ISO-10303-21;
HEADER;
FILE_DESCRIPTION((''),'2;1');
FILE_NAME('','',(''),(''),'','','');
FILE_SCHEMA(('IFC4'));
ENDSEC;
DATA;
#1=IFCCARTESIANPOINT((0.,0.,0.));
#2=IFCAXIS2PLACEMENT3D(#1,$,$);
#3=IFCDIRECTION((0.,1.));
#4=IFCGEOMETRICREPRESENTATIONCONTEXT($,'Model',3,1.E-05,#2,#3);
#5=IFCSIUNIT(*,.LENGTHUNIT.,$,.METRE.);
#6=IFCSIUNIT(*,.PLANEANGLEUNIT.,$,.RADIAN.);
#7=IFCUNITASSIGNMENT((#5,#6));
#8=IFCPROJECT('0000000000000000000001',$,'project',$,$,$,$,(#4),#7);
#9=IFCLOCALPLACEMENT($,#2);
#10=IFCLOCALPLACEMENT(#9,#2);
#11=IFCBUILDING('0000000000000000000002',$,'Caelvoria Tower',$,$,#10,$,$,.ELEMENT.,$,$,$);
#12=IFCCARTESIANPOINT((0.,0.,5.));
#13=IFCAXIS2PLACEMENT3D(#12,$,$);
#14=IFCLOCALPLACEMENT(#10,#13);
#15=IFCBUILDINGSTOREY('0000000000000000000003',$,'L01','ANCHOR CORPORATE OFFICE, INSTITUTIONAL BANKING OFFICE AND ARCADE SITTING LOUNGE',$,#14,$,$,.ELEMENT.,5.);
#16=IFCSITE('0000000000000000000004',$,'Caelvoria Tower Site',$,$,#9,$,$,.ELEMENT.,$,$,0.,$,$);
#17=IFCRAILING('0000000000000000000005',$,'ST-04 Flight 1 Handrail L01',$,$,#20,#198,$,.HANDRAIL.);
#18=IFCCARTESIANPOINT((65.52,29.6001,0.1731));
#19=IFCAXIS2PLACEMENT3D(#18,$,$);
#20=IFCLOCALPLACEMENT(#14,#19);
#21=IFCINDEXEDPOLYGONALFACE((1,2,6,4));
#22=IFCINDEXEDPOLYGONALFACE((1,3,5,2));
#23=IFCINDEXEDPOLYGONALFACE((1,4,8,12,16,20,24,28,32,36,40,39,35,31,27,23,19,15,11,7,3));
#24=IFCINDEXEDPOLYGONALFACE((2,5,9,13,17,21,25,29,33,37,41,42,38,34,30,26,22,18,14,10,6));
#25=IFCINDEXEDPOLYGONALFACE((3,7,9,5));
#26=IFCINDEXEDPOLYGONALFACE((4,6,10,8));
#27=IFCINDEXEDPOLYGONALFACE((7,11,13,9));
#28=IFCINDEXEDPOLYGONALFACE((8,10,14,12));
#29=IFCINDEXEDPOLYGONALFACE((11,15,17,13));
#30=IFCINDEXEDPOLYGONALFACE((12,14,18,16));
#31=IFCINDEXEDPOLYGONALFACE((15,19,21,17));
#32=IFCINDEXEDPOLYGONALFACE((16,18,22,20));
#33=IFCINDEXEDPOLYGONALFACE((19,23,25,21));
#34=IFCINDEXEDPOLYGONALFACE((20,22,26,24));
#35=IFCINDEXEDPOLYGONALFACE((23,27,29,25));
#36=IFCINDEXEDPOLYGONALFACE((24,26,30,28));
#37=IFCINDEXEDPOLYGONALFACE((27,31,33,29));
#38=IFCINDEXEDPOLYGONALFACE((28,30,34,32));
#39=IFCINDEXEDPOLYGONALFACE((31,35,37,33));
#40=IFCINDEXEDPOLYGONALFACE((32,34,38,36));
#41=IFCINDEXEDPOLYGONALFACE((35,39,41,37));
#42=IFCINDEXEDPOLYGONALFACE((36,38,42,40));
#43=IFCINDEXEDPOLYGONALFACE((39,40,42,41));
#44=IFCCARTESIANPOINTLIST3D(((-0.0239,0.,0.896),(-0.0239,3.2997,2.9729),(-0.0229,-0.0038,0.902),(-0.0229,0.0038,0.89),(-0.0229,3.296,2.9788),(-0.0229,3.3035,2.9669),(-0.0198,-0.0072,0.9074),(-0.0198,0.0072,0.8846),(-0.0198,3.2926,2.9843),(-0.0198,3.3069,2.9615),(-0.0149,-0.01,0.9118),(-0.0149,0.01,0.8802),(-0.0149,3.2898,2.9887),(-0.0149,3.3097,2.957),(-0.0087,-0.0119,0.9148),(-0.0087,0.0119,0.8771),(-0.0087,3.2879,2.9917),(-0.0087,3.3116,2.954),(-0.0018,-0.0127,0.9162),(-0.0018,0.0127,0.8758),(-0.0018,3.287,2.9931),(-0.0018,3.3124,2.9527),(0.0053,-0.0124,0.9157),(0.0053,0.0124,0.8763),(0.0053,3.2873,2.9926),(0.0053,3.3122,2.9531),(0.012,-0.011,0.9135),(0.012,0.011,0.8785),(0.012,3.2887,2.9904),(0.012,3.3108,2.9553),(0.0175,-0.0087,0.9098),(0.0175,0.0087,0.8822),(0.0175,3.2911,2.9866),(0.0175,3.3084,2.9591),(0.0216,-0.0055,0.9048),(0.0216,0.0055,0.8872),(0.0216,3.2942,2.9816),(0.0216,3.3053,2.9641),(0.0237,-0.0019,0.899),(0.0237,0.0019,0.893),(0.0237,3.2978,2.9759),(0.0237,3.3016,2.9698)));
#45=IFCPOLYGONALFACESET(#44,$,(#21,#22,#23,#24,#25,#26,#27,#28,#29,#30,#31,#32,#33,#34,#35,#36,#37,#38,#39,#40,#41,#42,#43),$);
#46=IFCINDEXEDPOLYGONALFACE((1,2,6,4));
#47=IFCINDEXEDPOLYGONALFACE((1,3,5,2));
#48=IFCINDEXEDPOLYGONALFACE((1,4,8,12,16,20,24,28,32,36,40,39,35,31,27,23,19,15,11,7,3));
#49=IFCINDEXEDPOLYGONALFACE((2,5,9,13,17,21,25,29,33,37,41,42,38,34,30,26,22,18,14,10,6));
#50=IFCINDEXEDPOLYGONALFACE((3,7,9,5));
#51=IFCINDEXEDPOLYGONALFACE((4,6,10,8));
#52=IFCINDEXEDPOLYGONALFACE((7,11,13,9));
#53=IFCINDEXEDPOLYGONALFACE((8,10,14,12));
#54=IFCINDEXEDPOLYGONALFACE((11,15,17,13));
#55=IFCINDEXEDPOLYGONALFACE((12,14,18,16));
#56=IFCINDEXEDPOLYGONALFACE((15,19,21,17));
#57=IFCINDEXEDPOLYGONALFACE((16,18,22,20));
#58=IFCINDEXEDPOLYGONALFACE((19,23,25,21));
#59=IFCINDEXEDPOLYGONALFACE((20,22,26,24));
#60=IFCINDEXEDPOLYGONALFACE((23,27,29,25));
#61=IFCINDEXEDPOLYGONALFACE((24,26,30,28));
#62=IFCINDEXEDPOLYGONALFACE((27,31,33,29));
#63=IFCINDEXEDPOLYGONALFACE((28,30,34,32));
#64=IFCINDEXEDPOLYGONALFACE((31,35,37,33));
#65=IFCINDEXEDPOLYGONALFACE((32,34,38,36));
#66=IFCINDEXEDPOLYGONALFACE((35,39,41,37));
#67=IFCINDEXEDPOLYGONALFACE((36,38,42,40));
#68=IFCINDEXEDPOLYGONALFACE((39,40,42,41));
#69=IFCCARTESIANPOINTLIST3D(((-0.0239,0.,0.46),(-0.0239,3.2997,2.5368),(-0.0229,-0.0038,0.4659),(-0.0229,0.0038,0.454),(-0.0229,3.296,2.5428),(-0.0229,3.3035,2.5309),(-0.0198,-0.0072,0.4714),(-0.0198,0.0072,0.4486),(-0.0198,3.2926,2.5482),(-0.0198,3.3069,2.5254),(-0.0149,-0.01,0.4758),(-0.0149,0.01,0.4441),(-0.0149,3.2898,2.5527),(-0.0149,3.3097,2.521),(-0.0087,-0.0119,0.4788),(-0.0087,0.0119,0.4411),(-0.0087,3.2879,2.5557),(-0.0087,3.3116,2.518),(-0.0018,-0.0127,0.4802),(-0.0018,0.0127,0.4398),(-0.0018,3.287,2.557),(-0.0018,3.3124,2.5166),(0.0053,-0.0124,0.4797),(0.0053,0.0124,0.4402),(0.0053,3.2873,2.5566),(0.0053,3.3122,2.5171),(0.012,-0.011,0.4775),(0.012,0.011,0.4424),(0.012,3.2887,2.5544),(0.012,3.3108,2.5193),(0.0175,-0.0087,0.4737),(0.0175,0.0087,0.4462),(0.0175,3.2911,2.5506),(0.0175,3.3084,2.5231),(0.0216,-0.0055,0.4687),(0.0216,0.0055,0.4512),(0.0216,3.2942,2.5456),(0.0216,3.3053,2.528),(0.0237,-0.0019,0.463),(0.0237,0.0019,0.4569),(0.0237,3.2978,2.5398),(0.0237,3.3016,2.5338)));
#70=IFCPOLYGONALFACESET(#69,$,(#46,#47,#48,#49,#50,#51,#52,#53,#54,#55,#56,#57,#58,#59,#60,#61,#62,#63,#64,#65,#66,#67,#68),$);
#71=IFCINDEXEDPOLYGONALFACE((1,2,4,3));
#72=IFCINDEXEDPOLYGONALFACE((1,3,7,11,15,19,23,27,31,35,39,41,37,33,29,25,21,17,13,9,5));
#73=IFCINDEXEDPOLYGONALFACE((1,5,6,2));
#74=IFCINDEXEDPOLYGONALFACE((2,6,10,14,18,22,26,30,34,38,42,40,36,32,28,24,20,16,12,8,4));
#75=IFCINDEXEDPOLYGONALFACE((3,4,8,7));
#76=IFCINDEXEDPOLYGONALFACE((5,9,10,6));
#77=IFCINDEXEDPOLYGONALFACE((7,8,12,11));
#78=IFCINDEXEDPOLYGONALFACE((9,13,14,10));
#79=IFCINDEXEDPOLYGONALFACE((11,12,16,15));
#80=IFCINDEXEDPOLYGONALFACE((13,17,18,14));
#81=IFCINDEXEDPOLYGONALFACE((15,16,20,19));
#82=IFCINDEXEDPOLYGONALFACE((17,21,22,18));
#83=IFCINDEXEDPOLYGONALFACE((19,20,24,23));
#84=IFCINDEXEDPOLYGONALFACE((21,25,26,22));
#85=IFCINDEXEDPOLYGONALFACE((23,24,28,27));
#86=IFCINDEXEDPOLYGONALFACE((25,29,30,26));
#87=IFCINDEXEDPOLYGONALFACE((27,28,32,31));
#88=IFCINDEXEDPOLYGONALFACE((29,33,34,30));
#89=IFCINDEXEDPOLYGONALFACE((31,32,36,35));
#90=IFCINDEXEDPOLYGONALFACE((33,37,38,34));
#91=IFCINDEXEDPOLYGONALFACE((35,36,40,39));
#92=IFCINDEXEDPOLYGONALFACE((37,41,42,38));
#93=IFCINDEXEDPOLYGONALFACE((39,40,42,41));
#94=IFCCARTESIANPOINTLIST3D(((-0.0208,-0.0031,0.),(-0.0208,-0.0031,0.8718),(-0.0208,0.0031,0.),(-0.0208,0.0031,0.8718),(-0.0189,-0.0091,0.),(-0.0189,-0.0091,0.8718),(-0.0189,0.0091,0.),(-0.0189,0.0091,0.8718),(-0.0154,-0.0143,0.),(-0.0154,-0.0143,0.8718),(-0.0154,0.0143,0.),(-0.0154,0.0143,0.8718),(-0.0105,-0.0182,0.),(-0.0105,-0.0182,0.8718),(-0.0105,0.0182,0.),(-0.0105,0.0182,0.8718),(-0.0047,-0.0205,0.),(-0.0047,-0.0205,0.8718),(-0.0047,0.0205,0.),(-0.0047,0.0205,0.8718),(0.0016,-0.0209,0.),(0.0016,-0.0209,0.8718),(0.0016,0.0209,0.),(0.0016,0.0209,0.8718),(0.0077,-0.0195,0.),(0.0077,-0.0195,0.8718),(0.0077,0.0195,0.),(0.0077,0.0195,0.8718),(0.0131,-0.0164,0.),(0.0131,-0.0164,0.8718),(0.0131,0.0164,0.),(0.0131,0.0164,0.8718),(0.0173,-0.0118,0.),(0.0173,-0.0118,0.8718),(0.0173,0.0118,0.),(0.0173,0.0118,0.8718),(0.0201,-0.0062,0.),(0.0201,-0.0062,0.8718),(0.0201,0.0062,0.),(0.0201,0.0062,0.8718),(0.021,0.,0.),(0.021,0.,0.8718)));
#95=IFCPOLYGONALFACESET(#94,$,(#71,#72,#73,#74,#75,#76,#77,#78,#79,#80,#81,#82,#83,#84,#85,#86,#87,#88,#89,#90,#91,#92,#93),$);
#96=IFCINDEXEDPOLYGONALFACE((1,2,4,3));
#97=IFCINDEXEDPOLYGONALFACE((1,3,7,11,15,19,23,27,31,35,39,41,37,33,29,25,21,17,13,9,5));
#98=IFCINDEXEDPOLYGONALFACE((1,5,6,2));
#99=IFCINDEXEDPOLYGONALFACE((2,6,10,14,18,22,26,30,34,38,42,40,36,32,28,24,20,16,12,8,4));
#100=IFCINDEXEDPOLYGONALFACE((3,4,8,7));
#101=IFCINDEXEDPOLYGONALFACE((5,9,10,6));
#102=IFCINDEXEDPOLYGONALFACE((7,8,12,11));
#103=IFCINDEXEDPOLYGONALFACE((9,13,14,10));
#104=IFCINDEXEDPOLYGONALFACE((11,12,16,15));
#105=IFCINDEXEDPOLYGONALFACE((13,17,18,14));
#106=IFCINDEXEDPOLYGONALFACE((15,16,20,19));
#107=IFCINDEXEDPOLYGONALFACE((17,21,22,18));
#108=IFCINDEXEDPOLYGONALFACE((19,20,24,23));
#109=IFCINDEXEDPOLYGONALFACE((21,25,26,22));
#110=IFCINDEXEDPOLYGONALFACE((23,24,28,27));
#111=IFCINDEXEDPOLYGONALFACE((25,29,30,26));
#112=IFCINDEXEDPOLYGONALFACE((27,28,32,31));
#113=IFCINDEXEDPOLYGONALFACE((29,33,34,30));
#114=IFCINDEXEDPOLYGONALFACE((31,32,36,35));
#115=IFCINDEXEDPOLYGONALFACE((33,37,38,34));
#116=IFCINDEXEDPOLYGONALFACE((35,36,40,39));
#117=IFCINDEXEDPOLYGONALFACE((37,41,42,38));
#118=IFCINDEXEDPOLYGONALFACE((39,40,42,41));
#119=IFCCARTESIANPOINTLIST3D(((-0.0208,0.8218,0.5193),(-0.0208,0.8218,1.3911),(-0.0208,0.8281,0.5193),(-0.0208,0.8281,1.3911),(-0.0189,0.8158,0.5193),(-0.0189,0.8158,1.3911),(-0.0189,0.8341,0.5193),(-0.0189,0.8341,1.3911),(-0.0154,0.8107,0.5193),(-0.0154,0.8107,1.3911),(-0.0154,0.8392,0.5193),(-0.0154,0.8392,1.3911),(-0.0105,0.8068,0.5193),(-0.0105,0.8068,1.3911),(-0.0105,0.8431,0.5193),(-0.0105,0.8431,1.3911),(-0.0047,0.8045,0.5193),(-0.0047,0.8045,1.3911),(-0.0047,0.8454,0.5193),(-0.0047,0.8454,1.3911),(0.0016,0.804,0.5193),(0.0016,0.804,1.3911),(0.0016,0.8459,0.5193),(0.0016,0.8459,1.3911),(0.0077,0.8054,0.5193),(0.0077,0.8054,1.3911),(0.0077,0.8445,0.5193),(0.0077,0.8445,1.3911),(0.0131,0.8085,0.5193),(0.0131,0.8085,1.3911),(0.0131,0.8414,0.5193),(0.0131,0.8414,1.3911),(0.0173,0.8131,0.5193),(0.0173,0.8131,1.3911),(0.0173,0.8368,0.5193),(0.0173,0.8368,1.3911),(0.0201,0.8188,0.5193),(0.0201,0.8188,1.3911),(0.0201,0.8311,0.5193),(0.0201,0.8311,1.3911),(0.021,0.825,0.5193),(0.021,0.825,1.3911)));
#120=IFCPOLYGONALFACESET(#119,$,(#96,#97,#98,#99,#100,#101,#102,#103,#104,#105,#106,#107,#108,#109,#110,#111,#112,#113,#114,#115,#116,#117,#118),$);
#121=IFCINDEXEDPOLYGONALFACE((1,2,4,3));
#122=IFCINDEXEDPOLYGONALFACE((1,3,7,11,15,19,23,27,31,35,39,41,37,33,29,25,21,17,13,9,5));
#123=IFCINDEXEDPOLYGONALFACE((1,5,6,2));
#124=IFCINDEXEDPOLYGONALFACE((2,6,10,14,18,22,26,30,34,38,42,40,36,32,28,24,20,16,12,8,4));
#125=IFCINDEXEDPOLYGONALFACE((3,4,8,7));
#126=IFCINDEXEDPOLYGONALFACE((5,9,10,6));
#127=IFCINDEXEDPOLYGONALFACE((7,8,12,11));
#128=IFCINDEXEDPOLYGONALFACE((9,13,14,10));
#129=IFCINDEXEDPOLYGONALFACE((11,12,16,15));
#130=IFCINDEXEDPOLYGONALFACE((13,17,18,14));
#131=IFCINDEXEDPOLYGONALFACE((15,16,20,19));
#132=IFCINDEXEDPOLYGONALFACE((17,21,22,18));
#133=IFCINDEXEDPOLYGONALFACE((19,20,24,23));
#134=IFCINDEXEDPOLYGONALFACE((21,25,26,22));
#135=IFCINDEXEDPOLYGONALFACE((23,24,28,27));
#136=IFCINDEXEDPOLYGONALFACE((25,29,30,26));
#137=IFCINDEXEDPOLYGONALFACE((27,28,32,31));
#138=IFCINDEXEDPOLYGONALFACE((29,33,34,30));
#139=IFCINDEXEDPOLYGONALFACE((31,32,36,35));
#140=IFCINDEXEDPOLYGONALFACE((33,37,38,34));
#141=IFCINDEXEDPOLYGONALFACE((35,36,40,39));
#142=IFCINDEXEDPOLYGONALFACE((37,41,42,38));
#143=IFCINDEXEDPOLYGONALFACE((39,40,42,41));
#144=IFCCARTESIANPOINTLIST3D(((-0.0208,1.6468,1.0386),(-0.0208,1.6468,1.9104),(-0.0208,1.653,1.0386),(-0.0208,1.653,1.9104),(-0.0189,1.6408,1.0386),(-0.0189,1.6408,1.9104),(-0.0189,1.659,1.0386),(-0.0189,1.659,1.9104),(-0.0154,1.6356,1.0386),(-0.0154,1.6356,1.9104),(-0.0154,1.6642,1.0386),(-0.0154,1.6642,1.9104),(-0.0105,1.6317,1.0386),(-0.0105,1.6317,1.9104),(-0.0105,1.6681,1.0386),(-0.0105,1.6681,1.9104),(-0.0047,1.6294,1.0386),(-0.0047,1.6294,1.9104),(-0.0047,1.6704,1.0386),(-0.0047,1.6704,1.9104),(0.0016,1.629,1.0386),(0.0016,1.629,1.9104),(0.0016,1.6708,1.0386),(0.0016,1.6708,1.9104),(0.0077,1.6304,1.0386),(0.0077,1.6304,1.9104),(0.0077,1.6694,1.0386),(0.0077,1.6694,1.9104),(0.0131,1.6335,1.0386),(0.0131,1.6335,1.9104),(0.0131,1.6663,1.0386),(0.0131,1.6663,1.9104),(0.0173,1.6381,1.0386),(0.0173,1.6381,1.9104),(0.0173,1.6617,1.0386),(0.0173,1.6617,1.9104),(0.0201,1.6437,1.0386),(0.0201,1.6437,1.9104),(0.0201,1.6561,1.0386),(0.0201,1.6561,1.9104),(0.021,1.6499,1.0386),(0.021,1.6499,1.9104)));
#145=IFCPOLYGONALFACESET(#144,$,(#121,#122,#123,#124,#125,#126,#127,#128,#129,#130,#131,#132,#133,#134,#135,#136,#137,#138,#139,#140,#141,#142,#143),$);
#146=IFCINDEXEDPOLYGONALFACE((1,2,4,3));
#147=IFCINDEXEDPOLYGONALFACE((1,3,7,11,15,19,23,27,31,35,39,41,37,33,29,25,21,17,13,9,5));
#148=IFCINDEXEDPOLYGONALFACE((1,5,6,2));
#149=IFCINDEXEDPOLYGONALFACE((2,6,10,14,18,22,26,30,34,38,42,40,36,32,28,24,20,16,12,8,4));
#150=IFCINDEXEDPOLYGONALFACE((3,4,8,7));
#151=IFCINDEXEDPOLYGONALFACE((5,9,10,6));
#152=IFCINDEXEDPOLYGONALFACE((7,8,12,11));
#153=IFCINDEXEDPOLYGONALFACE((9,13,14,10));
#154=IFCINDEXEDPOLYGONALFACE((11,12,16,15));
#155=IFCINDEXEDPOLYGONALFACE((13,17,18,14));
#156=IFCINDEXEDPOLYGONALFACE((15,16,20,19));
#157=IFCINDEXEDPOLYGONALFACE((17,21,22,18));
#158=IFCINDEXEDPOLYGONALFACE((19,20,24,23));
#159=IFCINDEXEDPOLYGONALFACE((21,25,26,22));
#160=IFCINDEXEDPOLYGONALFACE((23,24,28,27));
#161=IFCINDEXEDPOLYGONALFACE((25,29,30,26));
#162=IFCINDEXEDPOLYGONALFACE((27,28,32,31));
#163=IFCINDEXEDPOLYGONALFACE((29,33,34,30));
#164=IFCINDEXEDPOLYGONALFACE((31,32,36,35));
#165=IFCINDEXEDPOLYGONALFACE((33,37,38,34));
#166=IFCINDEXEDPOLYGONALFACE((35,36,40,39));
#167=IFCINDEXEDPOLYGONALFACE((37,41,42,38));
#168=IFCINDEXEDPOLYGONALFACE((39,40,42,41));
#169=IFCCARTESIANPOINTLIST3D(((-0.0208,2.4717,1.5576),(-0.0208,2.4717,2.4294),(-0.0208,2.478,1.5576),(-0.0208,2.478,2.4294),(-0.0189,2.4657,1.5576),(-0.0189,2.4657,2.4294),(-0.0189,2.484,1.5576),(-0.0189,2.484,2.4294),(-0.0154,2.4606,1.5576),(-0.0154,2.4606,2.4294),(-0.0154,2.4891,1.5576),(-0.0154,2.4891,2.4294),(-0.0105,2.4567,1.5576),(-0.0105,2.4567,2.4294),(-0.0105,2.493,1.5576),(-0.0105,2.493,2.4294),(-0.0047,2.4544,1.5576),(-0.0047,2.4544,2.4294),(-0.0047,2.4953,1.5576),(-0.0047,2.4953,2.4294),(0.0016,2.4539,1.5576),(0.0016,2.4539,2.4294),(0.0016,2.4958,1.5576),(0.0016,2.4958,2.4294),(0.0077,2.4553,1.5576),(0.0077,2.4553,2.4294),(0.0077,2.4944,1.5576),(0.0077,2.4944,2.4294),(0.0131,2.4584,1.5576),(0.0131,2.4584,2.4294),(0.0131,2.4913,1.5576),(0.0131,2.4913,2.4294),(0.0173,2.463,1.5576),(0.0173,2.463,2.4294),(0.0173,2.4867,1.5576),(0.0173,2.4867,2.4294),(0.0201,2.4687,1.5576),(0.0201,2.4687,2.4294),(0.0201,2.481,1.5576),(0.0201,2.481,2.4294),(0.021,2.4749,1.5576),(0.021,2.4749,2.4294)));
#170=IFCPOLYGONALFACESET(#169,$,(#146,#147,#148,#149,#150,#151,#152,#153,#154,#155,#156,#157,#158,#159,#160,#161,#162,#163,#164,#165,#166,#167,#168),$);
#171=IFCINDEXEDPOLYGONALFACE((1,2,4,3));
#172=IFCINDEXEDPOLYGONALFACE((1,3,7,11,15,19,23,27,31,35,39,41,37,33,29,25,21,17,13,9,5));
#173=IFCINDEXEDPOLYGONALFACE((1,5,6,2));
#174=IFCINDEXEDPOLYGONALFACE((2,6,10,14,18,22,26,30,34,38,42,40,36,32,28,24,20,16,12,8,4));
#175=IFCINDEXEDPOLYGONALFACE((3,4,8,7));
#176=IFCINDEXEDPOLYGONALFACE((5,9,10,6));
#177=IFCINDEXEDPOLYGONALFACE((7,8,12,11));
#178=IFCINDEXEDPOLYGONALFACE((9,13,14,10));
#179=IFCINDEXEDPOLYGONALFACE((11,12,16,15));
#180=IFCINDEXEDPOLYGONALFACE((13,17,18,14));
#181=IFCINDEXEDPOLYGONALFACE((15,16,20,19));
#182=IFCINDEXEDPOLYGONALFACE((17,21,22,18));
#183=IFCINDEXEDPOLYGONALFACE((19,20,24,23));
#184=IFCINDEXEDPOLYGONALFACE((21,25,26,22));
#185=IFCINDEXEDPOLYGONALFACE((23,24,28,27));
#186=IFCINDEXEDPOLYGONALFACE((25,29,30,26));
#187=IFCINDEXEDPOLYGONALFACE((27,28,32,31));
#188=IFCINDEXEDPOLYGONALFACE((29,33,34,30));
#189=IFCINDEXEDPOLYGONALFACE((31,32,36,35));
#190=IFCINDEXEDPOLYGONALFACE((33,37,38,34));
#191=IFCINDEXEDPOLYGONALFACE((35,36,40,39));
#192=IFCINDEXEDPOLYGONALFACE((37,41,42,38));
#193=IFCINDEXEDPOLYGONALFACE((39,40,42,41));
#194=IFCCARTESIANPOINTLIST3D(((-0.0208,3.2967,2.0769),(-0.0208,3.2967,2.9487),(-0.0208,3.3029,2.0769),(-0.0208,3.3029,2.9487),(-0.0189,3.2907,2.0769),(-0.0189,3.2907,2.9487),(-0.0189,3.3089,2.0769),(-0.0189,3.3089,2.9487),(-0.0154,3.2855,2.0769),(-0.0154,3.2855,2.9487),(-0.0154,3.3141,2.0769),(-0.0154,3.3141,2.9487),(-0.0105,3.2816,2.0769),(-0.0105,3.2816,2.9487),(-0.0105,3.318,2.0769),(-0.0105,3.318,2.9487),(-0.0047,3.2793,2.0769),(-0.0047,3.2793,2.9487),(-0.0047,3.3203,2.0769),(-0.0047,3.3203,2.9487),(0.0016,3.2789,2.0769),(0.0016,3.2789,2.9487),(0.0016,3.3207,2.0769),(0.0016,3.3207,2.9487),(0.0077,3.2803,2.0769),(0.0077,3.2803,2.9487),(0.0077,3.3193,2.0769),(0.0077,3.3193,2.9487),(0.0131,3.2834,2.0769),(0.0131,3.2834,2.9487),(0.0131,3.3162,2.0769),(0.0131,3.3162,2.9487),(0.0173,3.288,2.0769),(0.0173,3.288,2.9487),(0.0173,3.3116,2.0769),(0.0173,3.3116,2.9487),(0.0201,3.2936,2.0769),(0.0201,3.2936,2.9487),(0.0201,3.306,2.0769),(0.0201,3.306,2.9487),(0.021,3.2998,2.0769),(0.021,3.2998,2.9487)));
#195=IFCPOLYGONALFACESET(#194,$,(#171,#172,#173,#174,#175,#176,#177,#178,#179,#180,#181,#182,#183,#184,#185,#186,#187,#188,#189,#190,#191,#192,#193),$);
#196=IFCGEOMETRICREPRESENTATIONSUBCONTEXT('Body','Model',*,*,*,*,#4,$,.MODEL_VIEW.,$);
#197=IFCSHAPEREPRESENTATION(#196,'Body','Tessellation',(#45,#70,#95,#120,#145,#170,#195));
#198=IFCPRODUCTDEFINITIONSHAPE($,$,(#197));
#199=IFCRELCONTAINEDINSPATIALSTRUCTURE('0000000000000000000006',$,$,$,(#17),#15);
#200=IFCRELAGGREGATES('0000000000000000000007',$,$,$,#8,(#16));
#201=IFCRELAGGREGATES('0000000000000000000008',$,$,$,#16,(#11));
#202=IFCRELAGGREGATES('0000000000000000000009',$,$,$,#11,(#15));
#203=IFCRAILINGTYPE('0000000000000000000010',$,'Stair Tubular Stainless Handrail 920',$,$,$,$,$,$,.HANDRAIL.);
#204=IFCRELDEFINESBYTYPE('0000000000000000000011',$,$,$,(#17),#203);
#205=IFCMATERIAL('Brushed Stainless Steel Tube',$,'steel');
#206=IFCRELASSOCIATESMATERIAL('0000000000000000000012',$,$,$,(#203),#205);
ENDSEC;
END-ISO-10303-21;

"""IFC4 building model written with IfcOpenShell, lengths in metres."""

from ifc_helpers import new_model, si_unit, direction, frame, origin, origin_2d, place, context, subcontext, project, spatial, circle, extrude, material, type_object, element, save


model = new_model("IFC4")

# Units and contexts
model_context = context("Model", 3, precision=1e-05, world=origin(), true_north=direction((0.0, 1.0)))
body_context = subcontext(model_context, "Body", "Model", "MODEL_VIEW")
ifc_project = project(units=[si_unit("LENGTHUNIT", "METRE"), si_unit("PLANEANGLEUNIT", "RADIAN")], contexts=[model_context])

# Site, building, storey
site_placement = place(None, origin())
site = spatial("IfcSite", under=ifc_project, at=site_placement, Name="Caelvoria Tower Site", CompositionType="ELEMENT", RefElevation=0.0)
building_placement = place(site_placement, origin())
building = spatial("IfcBuilding", under=site, at=building_placement, Name="Caelvoria Tower", CompositionType="ELEMENT")
storey_placement = place(building_placement, frame((0.0, 0.0, 5.0)))
storey = spatial("IfcBuildingStorey", under=building, at=storey_placement, Name="L01", Description="ANCHOR CORPORATE OFFICE, INSTITUTIONAL BANKING OFFICE AND ARCADE SITTING LOUNGE", CompositionType="ELEMENT", Elevation=5.0)

# Railing
ifc_material_1 = material(Name="Brushed Stainless Steel Tube", Category="steel")
railing_type = type_object("IfcRailingType", Name="Stair Tubular Stainless Handrail 920", PredefinedType="HANDRAIL", material=ifc_material_1)
railing_placement = place(storey_placement, frame((65.52, 29.6001, 0.1731)))
element("IfcRailing", 1, at=railing_placement, inside=storey, type_object=railing_type, Name="ST-04 Flight 1 Handrail L01", PredefinedType="HANDRAIL", context=body_context, shape_type="SweptSolid", body=[
    extrude(circle(Radius=0.0239, at=origin_2d()), frame((0.0, 0.0, 0.896), z_axis=(0.0, 0.84632, 0.532675), x_axis=(-1.0, 0.0, 0.0)), (0.0, 0.0, 1.0), 3.8989),
    extrude(circle(Radius=0.0239, at=origin_2d()), frame((0.0, 0.0, 0.46), z_axis=(0.0, 0.84632, 0.532675), x_axis=(-1.0, 0.0, 0.0)), (0.0, 0.0, 1.0), 3.8989),
    extrude(circle(Radius=0.021, at=origin_2d()), origin(), (0.0, 0.0, 1.0), 0.8718),
    extrude(circle(Radius=0.021, at=origin_2d()), frame((0.0, 0.825, 0.5193)), (0.0, 0.0, 1.0), 0.8718),
    extrude(circle(Radius=0.021, at=origin_2d()), frame((0.0, 1.6499, 1.0386)), (0.0, 0.0, 1.0), 0.8718),
    extrude(circle(Radius=0.021, at=origin_2d()), frame((0.0, 2.4749, 1.5576)), (0.0, 0.0, 1.0), 0.8718),
    extrude(circle(Radius=0.021, at=origin_2d()), frame((0.0, 3.2998, 2.0769)), (0.0, 0.0, 1.0), 0.8718),
])

save(model, "model.ifc")
